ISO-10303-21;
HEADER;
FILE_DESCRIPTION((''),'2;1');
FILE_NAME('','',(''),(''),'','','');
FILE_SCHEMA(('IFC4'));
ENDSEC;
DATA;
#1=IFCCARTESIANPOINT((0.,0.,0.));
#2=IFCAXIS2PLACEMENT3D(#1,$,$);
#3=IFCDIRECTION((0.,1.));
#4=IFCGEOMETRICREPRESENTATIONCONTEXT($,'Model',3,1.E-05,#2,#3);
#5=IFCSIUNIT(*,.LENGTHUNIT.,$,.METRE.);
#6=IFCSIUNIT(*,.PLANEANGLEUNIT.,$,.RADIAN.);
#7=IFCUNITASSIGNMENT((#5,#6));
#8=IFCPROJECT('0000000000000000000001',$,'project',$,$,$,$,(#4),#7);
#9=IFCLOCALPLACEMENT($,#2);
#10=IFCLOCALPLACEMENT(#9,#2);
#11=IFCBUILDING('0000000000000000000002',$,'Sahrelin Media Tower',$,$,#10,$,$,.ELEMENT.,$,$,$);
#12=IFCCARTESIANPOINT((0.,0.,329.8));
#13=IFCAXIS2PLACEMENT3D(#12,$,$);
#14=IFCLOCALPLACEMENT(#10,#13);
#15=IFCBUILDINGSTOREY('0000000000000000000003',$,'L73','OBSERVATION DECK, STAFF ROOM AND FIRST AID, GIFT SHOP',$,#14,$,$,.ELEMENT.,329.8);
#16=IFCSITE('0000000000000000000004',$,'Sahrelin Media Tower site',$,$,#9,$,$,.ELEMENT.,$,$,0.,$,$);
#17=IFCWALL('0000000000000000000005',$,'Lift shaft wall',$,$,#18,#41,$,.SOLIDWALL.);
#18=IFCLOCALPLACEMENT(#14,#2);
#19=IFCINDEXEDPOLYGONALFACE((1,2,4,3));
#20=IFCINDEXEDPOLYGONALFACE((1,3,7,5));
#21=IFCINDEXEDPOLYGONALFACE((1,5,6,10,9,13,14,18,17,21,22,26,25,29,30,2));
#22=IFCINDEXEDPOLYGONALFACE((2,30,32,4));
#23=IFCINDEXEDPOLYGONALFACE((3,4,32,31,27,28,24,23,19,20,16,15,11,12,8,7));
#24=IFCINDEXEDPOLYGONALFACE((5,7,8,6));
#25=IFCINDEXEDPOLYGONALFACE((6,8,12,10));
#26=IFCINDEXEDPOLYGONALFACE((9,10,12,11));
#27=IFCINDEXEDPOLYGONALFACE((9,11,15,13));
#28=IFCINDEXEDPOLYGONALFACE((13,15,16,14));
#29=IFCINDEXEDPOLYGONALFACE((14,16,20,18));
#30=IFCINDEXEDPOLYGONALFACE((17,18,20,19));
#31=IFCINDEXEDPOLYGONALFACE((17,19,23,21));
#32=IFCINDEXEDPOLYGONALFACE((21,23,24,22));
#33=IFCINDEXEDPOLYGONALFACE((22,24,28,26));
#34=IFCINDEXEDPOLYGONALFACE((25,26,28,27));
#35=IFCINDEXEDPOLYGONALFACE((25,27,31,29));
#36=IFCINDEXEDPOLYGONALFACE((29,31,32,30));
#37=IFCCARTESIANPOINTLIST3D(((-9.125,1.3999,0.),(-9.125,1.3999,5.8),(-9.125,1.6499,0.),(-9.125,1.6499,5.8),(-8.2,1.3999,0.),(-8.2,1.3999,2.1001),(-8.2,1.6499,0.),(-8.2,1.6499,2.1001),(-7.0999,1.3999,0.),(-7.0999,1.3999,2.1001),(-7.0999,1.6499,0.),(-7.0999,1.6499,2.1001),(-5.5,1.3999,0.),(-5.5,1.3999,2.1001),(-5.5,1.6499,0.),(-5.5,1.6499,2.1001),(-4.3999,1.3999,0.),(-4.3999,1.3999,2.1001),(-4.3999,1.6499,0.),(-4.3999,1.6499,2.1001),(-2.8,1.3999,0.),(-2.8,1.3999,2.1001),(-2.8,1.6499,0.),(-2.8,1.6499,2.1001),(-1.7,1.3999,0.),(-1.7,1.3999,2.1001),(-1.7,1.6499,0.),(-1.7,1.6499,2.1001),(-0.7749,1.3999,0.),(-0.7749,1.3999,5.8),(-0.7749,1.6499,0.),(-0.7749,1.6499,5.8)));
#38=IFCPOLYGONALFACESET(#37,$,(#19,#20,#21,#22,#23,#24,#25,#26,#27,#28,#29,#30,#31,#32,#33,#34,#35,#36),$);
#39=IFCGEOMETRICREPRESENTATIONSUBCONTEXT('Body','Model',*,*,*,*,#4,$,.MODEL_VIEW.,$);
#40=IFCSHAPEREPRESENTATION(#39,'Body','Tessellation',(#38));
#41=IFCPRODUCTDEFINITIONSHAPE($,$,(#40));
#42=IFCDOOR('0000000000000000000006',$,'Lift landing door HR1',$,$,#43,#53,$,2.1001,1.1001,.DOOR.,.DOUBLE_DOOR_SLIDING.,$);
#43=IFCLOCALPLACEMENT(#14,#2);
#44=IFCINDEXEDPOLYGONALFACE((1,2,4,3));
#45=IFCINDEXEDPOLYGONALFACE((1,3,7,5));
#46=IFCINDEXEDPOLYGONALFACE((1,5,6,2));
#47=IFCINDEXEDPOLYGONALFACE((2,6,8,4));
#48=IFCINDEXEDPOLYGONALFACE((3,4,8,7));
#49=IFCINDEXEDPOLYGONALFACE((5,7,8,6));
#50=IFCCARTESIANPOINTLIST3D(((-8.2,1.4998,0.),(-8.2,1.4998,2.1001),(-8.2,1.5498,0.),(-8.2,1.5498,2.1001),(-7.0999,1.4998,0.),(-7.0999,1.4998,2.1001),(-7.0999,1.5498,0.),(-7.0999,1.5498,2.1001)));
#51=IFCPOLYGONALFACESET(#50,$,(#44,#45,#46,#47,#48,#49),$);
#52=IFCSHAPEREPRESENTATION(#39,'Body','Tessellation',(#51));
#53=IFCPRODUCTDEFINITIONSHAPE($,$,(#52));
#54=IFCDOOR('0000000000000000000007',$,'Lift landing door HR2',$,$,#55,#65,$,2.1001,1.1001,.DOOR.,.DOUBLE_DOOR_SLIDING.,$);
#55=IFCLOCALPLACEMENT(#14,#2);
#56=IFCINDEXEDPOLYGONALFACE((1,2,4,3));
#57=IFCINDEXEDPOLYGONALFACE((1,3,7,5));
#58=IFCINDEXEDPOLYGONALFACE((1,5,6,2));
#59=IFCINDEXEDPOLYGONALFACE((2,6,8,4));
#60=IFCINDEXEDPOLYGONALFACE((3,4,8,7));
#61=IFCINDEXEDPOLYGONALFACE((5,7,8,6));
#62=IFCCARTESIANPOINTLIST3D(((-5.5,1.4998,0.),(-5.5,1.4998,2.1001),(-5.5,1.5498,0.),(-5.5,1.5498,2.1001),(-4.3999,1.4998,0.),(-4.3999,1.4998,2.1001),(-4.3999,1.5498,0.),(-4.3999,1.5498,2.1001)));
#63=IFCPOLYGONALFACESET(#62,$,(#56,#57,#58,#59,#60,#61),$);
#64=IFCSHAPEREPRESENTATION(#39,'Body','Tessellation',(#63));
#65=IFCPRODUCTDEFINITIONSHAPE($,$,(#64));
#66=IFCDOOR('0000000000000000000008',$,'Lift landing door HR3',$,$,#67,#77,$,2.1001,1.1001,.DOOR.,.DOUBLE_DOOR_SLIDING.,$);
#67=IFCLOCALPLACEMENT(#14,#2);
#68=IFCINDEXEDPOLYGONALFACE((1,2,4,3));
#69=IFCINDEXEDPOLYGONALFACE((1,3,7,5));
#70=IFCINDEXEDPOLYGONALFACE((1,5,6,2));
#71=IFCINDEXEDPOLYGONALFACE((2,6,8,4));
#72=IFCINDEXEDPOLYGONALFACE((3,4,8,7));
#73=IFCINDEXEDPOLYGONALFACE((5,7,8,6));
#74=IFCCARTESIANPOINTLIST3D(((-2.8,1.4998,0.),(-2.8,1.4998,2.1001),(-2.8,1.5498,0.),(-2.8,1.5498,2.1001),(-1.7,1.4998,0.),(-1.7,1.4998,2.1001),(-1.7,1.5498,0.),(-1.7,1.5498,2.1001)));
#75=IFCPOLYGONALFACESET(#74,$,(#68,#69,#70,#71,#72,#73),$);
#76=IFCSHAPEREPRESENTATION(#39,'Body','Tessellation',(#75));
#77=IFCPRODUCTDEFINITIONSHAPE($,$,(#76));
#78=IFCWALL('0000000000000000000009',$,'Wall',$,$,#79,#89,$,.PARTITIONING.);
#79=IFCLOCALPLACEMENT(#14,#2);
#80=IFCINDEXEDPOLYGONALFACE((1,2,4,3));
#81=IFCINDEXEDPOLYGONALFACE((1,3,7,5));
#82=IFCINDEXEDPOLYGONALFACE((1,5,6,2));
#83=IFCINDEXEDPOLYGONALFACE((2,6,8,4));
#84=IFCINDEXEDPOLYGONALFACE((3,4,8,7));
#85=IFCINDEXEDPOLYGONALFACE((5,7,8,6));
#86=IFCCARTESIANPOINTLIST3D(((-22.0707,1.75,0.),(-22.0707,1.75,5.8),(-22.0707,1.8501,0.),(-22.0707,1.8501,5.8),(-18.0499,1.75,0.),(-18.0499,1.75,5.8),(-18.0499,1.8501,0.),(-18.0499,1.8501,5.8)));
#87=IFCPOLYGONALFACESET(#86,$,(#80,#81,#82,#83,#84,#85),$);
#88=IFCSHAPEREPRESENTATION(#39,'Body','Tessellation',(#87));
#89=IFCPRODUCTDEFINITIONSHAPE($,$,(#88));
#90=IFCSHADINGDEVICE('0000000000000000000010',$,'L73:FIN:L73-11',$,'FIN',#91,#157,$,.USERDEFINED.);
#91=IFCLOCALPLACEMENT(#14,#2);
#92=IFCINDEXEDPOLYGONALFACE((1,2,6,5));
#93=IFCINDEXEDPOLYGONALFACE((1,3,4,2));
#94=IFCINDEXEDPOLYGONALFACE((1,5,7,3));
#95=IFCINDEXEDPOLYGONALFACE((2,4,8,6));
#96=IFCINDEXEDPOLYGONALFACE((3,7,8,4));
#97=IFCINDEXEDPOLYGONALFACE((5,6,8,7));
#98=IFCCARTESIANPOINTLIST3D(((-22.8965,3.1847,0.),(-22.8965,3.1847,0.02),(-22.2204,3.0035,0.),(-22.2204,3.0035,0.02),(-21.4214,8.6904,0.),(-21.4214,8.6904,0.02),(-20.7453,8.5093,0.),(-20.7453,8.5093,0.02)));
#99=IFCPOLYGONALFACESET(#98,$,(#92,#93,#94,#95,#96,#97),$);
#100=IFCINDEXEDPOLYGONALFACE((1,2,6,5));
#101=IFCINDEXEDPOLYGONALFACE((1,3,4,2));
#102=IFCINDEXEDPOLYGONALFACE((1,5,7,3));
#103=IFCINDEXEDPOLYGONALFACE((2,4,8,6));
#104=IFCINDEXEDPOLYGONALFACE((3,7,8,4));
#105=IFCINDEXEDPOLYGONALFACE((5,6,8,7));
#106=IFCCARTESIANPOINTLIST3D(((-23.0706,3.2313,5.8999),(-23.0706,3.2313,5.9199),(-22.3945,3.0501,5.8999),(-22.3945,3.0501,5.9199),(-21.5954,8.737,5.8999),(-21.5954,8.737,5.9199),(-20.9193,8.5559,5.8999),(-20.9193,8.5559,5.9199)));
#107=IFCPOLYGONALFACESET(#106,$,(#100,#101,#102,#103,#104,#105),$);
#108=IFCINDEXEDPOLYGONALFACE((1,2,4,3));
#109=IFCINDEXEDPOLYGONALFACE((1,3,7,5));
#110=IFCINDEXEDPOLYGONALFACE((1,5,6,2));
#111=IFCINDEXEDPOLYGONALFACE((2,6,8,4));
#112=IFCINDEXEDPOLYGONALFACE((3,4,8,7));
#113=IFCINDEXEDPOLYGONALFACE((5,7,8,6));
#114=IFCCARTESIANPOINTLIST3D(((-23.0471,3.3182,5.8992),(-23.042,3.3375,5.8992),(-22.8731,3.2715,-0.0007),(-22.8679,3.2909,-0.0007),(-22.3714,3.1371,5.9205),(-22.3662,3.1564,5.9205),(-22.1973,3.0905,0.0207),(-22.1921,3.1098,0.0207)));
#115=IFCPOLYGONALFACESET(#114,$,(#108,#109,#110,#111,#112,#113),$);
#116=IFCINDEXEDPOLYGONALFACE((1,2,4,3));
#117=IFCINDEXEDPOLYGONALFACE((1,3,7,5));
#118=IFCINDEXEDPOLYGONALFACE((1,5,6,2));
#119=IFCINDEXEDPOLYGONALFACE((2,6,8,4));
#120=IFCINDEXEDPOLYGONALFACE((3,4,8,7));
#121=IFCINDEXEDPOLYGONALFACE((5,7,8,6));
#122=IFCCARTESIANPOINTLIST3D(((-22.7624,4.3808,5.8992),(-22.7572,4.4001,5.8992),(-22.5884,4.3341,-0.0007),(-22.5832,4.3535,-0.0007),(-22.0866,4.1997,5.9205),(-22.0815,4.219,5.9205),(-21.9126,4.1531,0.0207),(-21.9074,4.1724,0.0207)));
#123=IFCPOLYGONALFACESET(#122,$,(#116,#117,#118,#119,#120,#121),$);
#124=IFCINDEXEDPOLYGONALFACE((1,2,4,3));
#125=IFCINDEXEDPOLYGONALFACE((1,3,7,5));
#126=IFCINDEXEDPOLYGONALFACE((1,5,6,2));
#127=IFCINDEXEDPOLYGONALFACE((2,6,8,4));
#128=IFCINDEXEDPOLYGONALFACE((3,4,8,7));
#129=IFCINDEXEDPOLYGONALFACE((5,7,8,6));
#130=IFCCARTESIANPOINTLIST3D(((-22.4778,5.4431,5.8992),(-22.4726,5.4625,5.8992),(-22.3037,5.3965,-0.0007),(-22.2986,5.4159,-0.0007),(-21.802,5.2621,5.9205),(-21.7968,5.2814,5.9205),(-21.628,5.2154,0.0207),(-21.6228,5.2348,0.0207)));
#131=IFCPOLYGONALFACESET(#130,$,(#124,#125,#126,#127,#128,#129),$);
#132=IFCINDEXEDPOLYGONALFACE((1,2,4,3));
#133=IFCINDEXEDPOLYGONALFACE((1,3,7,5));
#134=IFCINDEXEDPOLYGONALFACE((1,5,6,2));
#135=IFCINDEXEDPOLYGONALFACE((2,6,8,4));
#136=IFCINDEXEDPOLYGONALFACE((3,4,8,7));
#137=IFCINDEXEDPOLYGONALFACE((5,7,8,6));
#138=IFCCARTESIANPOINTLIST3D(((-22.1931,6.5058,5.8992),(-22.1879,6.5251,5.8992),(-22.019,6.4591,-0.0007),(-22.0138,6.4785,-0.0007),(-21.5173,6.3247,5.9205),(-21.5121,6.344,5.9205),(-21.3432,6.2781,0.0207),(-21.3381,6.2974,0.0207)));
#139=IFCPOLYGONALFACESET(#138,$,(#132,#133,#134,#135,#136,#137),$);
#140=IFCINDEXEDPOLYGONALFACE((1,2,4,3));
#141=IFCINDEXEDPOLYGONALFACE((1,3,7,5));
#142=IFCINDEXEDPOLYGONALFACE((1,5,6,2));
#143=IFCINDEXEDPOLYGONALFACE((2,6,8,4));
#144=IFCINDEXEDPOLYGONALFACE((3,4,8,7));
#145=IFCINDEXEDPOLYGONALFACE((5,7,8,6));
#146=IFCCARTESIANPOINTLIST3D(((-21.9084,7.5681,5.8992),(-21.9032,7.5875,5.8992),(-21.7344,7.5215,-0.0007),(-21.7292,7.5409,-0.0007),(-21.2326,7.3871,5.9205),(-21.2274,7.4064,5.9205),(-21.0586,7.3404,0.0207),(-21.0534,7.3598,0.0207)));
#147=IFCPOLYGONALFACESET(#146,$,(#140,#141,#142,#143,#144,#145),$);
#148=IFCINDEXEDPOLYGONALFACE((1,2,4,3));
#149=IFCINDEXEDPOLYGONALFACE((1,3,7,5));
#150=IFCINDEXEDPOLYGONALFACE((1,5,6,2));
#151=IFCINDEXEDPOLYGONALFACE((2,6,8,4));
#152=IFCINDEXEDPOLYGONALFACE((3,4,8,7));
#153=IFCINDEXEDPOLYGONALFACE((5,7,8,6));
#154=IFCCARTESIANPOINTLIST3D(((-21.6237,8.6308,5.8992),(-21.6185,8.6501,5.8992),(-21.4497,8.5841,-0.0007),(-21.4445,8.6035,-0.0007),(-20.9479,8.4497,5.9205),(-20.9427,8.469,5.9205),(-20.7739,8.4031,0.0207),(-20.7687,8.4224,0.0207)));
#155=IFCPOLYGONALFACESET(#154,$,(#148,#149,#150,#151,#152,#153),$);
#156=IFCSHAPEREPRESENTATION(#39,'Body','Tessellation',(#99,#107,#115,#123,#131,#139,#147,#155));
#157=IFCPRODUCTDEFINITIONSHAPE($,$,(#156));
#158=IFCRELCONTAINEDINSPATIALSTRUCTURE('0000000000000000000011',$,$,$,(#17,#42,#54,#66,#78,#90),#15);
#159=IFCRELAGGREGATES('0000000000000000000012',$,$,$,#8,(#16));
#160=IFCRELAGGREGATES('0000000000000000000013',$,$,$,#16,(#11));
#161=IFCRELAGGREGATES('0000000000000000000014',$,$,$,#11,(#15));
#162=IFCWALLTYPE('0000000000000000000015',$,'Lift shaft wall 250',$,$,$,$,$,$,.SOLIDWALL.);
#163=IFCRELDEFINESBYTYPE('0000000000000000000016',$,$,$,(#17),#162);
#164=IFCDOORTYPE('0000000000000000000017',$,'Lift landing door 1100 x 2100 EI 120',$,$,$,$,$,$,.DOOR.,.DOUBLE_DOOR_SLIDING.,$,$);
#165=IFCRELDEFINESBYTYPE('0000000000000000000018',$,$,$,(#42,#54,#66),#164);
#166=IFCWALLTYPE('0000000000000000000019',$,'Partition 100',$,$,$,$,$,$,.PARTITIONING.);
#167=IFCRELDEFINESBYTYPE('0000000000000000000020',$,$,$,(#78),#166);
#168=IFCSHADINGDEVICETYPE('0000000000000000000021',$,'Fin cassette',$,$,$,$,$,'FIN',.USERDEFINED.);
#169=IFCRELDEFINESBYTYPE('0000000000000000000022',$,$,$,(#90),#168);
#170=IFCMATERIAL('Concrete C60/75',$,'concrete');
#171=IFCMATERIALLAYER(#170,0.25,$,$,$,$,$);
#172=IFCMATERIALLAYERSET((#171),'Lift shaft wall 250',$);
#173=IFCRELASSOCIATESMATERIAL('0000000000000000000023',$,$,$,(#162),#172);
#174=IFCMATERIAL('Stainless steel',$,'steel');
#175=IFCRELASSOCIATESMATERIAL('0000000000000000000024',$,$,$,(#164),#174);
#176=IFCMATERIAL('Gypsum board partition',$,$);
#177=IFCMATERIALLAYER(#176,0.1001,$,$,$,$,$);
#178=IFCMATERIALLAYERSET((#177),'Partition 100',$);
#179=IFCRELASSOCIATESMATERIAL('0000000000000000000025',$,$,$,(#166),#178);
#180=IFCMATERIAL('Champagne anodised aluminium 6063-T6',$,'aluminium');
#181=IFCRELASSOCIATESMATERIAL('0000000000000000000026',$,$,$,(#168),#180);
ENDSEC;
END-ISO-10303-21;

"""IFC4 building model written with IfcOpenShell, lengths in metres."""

from ifc_helpers import new_model, si_unit, direction, frame, frame_2d, origin, origin_2d, place, context, subcontext, project, spatial, rectangle, extrude, material, layer, layer_set, type_object, element, fill, save


model = new_model("IFC4")

# Units and contexts
model_context = context("Model", 3, precision=1e-05, world=origin(), true_north=direction((0.0, 1.0)))
body_context = subcontext(model_context, "Body", "Model", "MODEL_VIEW")
ifc_project = project(units=[si_unit("LENGTHUNIT", "METRE"), si_unit("PLANEANGLEUNIT", "RADIAN")], contexts=[model_context])

# Site, building, storey
site_placement = place(None, origin())
site = spatial("IfcSite", under=ifc_project, at=site_placement, Name="Sahrelin Media Tower site", CompositionType="ELEMENT", RefElevation=0.0)
building_placement = place(site_placement, origin())
building = spatial("IfcBuilding", under=site, at=building_placement, Name="Sahrelin Media Tower", CompositionType="ELEMENT")
storey_placement = place(building_placement, frame((0.0, 0.0, 329.8)))
storey = spatial("IfcBuildingStorey", under=building, at=storey_placement, Name="L73", Description="OBSERVATION DECK, STAFF ROOM AND FIRST AID, GIFT SHOP", CompositionType="ELEMENT", Elevation=329.8)

# Shared definitions
ifc_material_1 = material(Name="Champagne anodised aluminium 6063-T6", Category="aluminium")

# Shared definitions
ifc_material_2 = material(Name="Concrete C60/75", Category="concrete")

# Wall, openings, doors
ifc_layer_1 = layer(ifc_material_2, 0.25)
ifc_layer_set_1 = layer_set([ifc_layer_1], Name="Lift shaft wall 250")
wall_type_1 = type_object("IfcWallType", Name="Lift shaft wall 250", PredefinedType="SOLIDWALL", material=ifc_layer_set_1)
wall_1_placement = place(storey_placement, frame((-9.125, 1.5249, 0.0), z_axis=(0.0, 0.0, 1.0), x_axis=(1.0, 0.0, 0.0)))
wall_1 = element("IfcWall", 1, at=wall_1_placement, inside=storey, type_object=wall_type_1, Name="Lift shaft wall", PredefinedType="SOLIDWALL", context=body_context, shape_type="SweptSolid", body=[
    extrude(rectangle(XDim=8.3501, YDim=0.25, at=frame_2d((4.175, 0.0))), origin(), (0.0, 0.0, 1.0), 5.8),
])
opening_1_placement = place(wall_1_placement, frame((0.925, 0.0, 0.0)))
opening_1 = element("IfcOpeningElement", 2, at=opening_1_placement, cuts=wall_1, PredefinedType="OPENING", context=body_context, shape_type="SweptSolid", body=[
    extrude(rectangle(XDim=1.1001, YDim=2.1001, at=frame_2d((0.55, 1.05))), frame((0.0, 0.125, 0.0), z_axis=(0.0, -1.0, 0.0), x_axis=(1.0, 0.0, 0.0)), (0.0, 0.0, 1.0), 0.25),
])
opening_2_placement = place(wall_1_placement, frame((3.625, 0.0, 0.0)))
opening_2 = element("IfcOpeningElement", 3, at=opening_2_placement, cuts=wall_1, PredefinedType="OPENING", context=body_context, shape_type="SweptSolid", body=[
    extrude(rectangle(XDim=1.1001, YDim=2.1001, at=frame_2d((0.55, 1.05))), frame((0.0, 0.125, 0.0), z_axis=(0.0, -1.0, 0.0), x_axis=(1.0, 0.0, 0.0)), (0.0, 0.0, 1.0), 0.25),
])
opening_3_placement = place(wall_1_placement, frame((6.325, 0.0, 0.0)))
opening_3 = element("IfcOpeningElement", 4, at=opening_3_placement, cuts=wall_1, PredefinedType="OPENING", context=body_context, shape_type="SweptSolid", body=[
    extrude(rectangle(XDim=1.1001, YDim=2.1001, at=frame_2d((0.55, 1.05))), frame((0.0, 0.125, 0.0), z_axis=(0.0, -1.0, 0.0), x_axis=(1.0, 0.0, 0.0)), (0.0, 0.0, 1.0), 0.25),
])
ifc_material_3 = material(Name="Stainless steel", Category="steel")
door_type = type_object("IfcDoorType", Name="Lift landing door 1100 x 2100 EI 120", OperationType="DOUBLE_DOOR_SLIDING", PredefinedType="DOOR", material=ifc_material_3)
door_1_placement = place(opening_1_placement, origin())
door_1 = element("IfcDoor", 5, at=door_1_placement, inside=storey, type_object=door_type, Name="Lift landing door HR1", OperationType="DOUBLE_DOOR_SLIDING", OverallHeight=2.1001, OverallWidth=1.1001, PredefinedType="DOOR", context=body_context, shape_type="SweptSolid", body=[
    extrude(rectangle(XDim=1.1001, YDim=2.1001, at=frame_2d((0.55, 1.05))), frame((0.0, 0.0249, 0.0), z_axis=(0.0, -1.0, 0.0), x_axis=(1.0, 0.0, 0.0)), (0.0, 0.0, 1.0), 0.05),
])
fill(opening_1, door_1)
door_2_placement = place(opening_2_placement, origin())
door_2 = element("IfcDoor", 6, at=door_2_placement, inside=storey, type_object=door_type, Name="Lift landing door HR2", OperationType="DOUBLE_DOOR_SLIDING", OverallHeight=2.1001, OverallWidth=1.1001, PredefinedType="DOOR", context=body_context, shape_type="SweptSolid", body=[
    extrude(rectangle(XDim=1.1001, YDim=2.1001, at=frame_2d((0.55, 1.05))), frame((0.0, 0.0249, 0.0), z_axis=(0.0, -1.0, 0.0), x_axis=(1.0, 0.0, 0.0)), (0.0, 0.0, 1.0), 0.05),
])
fill(opening_2, door_2)
door_3_placement = place(opening_3_placement, origin())
door_3 = element("IfcDoor", 7, at=door_3_placement, inside=storey, type_object=door_type, Name="Lift landing door HR3", OperationType="DOUBLE_DOOR_SLIDING", OverallHeight=2.1001, OverallWidth=1.1001, PredefinedType="DOOR", context=body_context, shape_type="SweptSolid", body=[
    extrude(rectangle(XDim=1.1001, YDim=2.1001, at=frame_2d((0.55, 1.05))), frame((0.0, 0.0249, 0.0), z_axis=(0.0, -1.0, 0.0), x_axis=(1.0, 0.0, 0.0)), (0.0, 0.0, 1.0), 0.05),
])
fill(opening_3, door_3)

# Wall
ifc_material_4 = material(Name="Gypsum board partition")
ifc_layer_2 = layer(ifc_material_4, 0.1001)
ifc_layer_set_2 = layer_set([ifc_layer_2], Name="Partition 100")
wall_type_2 = type_object("IfcWallType", Name="Partition 100", PredefinedType="PARTITIONING", material=ifc_layer_set_2)
wall_2_placement = place(storey_placement, frame((-18.05, 1.8, 0.0), z_axis=(0.0, 0.0, 1.0), x_axis=(-1.0, 0.0, 0.0)))
element("IfcWall", 8, at=wall_2_placement, inside=storey, type_object=wall_type_2, Name="Wall", PredefinedType="PARTITIONING", context=body_context, shape_type="SweptSolid", body=[
    extrude(rectangle(XDim=4.0208, YDim=0.1001, at=frame_2d((2.0103, 0.0))), origin(), (0.0, 0.0, 1.0), 5.8),
])

# Shading device
shading_device_type_1 = type_object("IfcShadingDeviceType", Name="Fin cassette", ElementType="FIN", PredefinedType="USERDEFINED", material=ifc_material_1)
placement = place(storey_placement, frame((-21.4153, 5.7383, 0.0), z_axis=(0.0, 0.0, 1.0), x_axis=(0.258808, 0.965929, 0.0)))
element("IfcShadingDevice", 9, at=placement, inside=storey, type_object=shading_device_type_1, Name="L73:FIN:L73-11", ObjectType="FIN", PredefinedType="USERDEFINED", context=body_context, shape_type="SweptSolid", body=[
    extrude(rectangle(XDim=5.7, YDim=0.7, at=origin_2d()), frame((0.0, 0.4199, 0.0)), (0.0, 0.0, 1.0), 0.02),
    extrude(rectangle(XDim=5.7, YDim=0.7, at=origin_2d()), frame((0.0, 0.6001, 5.8999)), (0.0, 0.0, 1.0), 0.02),
    extrude(rectangle(XDim=0.02, YDim=0.7, at=origin_2d()), frame((-2.75, 0.4199, 0.01), z_axis=(0.0, 0.030525, 0.999534), x_axis=(-1.0, 0.0, 0.0)), (0.0, 0.0, 1.0), 5.9026),
    extrude(rectangle(XDim=0.02, YDim=0.7, at=origin_2d()), frame((-1.6499, 0.4199, 0.01), z_axis=(0.0, 0.030525, 0.999534), x_axis=(-1.0, 0.0, 0.0)), (0.0, 0.0, 1.0), 5.9026),
    extrude(rectangle(XDim=0.02, YDim=0.7, at=origin_2d()), frame((-0.55, 0.4199, 0.01), z_axis=(0.0, 0.030525, 0.999534), x_axis=(-1.0, 0.0, 0.0)), (0.0, 0.0, 1.0), 5.9026),
    extrude(rectangle(XDim=0.02, YDim=0.7, at=origin_2d()), frame((0.55, 0.4199, 0.01), z_axis=(0.0, 0.030525, 0.999534), x_axis=(-1.0, 0.0, 0.0)), (0.0, 0.0, 1.0), 5.9026),
    extrude(rectangle(XDim=0.02, YDim=0.7, at=origin_2d()), frame((1.6499, 0.4199, 0.01), z_axis=(0.0, 0.030525, 0.999534), x_axis=(-1.0, 0.0, 0.0)), (0.0, 0.0, 1.0), 5.9026),
    extrude(rectangle(XDim=0.02, YDim=0.7, at=origin_2d()), frame((2.75, 0.4199, 0.01), z_axis=(0.0, 0.030525, 0.999534), x_axis=(-1.0, 0.0, 0.0)), (0.0, 0.0, 1.0), 5.9026),
])

save(model, "model.ifc")
